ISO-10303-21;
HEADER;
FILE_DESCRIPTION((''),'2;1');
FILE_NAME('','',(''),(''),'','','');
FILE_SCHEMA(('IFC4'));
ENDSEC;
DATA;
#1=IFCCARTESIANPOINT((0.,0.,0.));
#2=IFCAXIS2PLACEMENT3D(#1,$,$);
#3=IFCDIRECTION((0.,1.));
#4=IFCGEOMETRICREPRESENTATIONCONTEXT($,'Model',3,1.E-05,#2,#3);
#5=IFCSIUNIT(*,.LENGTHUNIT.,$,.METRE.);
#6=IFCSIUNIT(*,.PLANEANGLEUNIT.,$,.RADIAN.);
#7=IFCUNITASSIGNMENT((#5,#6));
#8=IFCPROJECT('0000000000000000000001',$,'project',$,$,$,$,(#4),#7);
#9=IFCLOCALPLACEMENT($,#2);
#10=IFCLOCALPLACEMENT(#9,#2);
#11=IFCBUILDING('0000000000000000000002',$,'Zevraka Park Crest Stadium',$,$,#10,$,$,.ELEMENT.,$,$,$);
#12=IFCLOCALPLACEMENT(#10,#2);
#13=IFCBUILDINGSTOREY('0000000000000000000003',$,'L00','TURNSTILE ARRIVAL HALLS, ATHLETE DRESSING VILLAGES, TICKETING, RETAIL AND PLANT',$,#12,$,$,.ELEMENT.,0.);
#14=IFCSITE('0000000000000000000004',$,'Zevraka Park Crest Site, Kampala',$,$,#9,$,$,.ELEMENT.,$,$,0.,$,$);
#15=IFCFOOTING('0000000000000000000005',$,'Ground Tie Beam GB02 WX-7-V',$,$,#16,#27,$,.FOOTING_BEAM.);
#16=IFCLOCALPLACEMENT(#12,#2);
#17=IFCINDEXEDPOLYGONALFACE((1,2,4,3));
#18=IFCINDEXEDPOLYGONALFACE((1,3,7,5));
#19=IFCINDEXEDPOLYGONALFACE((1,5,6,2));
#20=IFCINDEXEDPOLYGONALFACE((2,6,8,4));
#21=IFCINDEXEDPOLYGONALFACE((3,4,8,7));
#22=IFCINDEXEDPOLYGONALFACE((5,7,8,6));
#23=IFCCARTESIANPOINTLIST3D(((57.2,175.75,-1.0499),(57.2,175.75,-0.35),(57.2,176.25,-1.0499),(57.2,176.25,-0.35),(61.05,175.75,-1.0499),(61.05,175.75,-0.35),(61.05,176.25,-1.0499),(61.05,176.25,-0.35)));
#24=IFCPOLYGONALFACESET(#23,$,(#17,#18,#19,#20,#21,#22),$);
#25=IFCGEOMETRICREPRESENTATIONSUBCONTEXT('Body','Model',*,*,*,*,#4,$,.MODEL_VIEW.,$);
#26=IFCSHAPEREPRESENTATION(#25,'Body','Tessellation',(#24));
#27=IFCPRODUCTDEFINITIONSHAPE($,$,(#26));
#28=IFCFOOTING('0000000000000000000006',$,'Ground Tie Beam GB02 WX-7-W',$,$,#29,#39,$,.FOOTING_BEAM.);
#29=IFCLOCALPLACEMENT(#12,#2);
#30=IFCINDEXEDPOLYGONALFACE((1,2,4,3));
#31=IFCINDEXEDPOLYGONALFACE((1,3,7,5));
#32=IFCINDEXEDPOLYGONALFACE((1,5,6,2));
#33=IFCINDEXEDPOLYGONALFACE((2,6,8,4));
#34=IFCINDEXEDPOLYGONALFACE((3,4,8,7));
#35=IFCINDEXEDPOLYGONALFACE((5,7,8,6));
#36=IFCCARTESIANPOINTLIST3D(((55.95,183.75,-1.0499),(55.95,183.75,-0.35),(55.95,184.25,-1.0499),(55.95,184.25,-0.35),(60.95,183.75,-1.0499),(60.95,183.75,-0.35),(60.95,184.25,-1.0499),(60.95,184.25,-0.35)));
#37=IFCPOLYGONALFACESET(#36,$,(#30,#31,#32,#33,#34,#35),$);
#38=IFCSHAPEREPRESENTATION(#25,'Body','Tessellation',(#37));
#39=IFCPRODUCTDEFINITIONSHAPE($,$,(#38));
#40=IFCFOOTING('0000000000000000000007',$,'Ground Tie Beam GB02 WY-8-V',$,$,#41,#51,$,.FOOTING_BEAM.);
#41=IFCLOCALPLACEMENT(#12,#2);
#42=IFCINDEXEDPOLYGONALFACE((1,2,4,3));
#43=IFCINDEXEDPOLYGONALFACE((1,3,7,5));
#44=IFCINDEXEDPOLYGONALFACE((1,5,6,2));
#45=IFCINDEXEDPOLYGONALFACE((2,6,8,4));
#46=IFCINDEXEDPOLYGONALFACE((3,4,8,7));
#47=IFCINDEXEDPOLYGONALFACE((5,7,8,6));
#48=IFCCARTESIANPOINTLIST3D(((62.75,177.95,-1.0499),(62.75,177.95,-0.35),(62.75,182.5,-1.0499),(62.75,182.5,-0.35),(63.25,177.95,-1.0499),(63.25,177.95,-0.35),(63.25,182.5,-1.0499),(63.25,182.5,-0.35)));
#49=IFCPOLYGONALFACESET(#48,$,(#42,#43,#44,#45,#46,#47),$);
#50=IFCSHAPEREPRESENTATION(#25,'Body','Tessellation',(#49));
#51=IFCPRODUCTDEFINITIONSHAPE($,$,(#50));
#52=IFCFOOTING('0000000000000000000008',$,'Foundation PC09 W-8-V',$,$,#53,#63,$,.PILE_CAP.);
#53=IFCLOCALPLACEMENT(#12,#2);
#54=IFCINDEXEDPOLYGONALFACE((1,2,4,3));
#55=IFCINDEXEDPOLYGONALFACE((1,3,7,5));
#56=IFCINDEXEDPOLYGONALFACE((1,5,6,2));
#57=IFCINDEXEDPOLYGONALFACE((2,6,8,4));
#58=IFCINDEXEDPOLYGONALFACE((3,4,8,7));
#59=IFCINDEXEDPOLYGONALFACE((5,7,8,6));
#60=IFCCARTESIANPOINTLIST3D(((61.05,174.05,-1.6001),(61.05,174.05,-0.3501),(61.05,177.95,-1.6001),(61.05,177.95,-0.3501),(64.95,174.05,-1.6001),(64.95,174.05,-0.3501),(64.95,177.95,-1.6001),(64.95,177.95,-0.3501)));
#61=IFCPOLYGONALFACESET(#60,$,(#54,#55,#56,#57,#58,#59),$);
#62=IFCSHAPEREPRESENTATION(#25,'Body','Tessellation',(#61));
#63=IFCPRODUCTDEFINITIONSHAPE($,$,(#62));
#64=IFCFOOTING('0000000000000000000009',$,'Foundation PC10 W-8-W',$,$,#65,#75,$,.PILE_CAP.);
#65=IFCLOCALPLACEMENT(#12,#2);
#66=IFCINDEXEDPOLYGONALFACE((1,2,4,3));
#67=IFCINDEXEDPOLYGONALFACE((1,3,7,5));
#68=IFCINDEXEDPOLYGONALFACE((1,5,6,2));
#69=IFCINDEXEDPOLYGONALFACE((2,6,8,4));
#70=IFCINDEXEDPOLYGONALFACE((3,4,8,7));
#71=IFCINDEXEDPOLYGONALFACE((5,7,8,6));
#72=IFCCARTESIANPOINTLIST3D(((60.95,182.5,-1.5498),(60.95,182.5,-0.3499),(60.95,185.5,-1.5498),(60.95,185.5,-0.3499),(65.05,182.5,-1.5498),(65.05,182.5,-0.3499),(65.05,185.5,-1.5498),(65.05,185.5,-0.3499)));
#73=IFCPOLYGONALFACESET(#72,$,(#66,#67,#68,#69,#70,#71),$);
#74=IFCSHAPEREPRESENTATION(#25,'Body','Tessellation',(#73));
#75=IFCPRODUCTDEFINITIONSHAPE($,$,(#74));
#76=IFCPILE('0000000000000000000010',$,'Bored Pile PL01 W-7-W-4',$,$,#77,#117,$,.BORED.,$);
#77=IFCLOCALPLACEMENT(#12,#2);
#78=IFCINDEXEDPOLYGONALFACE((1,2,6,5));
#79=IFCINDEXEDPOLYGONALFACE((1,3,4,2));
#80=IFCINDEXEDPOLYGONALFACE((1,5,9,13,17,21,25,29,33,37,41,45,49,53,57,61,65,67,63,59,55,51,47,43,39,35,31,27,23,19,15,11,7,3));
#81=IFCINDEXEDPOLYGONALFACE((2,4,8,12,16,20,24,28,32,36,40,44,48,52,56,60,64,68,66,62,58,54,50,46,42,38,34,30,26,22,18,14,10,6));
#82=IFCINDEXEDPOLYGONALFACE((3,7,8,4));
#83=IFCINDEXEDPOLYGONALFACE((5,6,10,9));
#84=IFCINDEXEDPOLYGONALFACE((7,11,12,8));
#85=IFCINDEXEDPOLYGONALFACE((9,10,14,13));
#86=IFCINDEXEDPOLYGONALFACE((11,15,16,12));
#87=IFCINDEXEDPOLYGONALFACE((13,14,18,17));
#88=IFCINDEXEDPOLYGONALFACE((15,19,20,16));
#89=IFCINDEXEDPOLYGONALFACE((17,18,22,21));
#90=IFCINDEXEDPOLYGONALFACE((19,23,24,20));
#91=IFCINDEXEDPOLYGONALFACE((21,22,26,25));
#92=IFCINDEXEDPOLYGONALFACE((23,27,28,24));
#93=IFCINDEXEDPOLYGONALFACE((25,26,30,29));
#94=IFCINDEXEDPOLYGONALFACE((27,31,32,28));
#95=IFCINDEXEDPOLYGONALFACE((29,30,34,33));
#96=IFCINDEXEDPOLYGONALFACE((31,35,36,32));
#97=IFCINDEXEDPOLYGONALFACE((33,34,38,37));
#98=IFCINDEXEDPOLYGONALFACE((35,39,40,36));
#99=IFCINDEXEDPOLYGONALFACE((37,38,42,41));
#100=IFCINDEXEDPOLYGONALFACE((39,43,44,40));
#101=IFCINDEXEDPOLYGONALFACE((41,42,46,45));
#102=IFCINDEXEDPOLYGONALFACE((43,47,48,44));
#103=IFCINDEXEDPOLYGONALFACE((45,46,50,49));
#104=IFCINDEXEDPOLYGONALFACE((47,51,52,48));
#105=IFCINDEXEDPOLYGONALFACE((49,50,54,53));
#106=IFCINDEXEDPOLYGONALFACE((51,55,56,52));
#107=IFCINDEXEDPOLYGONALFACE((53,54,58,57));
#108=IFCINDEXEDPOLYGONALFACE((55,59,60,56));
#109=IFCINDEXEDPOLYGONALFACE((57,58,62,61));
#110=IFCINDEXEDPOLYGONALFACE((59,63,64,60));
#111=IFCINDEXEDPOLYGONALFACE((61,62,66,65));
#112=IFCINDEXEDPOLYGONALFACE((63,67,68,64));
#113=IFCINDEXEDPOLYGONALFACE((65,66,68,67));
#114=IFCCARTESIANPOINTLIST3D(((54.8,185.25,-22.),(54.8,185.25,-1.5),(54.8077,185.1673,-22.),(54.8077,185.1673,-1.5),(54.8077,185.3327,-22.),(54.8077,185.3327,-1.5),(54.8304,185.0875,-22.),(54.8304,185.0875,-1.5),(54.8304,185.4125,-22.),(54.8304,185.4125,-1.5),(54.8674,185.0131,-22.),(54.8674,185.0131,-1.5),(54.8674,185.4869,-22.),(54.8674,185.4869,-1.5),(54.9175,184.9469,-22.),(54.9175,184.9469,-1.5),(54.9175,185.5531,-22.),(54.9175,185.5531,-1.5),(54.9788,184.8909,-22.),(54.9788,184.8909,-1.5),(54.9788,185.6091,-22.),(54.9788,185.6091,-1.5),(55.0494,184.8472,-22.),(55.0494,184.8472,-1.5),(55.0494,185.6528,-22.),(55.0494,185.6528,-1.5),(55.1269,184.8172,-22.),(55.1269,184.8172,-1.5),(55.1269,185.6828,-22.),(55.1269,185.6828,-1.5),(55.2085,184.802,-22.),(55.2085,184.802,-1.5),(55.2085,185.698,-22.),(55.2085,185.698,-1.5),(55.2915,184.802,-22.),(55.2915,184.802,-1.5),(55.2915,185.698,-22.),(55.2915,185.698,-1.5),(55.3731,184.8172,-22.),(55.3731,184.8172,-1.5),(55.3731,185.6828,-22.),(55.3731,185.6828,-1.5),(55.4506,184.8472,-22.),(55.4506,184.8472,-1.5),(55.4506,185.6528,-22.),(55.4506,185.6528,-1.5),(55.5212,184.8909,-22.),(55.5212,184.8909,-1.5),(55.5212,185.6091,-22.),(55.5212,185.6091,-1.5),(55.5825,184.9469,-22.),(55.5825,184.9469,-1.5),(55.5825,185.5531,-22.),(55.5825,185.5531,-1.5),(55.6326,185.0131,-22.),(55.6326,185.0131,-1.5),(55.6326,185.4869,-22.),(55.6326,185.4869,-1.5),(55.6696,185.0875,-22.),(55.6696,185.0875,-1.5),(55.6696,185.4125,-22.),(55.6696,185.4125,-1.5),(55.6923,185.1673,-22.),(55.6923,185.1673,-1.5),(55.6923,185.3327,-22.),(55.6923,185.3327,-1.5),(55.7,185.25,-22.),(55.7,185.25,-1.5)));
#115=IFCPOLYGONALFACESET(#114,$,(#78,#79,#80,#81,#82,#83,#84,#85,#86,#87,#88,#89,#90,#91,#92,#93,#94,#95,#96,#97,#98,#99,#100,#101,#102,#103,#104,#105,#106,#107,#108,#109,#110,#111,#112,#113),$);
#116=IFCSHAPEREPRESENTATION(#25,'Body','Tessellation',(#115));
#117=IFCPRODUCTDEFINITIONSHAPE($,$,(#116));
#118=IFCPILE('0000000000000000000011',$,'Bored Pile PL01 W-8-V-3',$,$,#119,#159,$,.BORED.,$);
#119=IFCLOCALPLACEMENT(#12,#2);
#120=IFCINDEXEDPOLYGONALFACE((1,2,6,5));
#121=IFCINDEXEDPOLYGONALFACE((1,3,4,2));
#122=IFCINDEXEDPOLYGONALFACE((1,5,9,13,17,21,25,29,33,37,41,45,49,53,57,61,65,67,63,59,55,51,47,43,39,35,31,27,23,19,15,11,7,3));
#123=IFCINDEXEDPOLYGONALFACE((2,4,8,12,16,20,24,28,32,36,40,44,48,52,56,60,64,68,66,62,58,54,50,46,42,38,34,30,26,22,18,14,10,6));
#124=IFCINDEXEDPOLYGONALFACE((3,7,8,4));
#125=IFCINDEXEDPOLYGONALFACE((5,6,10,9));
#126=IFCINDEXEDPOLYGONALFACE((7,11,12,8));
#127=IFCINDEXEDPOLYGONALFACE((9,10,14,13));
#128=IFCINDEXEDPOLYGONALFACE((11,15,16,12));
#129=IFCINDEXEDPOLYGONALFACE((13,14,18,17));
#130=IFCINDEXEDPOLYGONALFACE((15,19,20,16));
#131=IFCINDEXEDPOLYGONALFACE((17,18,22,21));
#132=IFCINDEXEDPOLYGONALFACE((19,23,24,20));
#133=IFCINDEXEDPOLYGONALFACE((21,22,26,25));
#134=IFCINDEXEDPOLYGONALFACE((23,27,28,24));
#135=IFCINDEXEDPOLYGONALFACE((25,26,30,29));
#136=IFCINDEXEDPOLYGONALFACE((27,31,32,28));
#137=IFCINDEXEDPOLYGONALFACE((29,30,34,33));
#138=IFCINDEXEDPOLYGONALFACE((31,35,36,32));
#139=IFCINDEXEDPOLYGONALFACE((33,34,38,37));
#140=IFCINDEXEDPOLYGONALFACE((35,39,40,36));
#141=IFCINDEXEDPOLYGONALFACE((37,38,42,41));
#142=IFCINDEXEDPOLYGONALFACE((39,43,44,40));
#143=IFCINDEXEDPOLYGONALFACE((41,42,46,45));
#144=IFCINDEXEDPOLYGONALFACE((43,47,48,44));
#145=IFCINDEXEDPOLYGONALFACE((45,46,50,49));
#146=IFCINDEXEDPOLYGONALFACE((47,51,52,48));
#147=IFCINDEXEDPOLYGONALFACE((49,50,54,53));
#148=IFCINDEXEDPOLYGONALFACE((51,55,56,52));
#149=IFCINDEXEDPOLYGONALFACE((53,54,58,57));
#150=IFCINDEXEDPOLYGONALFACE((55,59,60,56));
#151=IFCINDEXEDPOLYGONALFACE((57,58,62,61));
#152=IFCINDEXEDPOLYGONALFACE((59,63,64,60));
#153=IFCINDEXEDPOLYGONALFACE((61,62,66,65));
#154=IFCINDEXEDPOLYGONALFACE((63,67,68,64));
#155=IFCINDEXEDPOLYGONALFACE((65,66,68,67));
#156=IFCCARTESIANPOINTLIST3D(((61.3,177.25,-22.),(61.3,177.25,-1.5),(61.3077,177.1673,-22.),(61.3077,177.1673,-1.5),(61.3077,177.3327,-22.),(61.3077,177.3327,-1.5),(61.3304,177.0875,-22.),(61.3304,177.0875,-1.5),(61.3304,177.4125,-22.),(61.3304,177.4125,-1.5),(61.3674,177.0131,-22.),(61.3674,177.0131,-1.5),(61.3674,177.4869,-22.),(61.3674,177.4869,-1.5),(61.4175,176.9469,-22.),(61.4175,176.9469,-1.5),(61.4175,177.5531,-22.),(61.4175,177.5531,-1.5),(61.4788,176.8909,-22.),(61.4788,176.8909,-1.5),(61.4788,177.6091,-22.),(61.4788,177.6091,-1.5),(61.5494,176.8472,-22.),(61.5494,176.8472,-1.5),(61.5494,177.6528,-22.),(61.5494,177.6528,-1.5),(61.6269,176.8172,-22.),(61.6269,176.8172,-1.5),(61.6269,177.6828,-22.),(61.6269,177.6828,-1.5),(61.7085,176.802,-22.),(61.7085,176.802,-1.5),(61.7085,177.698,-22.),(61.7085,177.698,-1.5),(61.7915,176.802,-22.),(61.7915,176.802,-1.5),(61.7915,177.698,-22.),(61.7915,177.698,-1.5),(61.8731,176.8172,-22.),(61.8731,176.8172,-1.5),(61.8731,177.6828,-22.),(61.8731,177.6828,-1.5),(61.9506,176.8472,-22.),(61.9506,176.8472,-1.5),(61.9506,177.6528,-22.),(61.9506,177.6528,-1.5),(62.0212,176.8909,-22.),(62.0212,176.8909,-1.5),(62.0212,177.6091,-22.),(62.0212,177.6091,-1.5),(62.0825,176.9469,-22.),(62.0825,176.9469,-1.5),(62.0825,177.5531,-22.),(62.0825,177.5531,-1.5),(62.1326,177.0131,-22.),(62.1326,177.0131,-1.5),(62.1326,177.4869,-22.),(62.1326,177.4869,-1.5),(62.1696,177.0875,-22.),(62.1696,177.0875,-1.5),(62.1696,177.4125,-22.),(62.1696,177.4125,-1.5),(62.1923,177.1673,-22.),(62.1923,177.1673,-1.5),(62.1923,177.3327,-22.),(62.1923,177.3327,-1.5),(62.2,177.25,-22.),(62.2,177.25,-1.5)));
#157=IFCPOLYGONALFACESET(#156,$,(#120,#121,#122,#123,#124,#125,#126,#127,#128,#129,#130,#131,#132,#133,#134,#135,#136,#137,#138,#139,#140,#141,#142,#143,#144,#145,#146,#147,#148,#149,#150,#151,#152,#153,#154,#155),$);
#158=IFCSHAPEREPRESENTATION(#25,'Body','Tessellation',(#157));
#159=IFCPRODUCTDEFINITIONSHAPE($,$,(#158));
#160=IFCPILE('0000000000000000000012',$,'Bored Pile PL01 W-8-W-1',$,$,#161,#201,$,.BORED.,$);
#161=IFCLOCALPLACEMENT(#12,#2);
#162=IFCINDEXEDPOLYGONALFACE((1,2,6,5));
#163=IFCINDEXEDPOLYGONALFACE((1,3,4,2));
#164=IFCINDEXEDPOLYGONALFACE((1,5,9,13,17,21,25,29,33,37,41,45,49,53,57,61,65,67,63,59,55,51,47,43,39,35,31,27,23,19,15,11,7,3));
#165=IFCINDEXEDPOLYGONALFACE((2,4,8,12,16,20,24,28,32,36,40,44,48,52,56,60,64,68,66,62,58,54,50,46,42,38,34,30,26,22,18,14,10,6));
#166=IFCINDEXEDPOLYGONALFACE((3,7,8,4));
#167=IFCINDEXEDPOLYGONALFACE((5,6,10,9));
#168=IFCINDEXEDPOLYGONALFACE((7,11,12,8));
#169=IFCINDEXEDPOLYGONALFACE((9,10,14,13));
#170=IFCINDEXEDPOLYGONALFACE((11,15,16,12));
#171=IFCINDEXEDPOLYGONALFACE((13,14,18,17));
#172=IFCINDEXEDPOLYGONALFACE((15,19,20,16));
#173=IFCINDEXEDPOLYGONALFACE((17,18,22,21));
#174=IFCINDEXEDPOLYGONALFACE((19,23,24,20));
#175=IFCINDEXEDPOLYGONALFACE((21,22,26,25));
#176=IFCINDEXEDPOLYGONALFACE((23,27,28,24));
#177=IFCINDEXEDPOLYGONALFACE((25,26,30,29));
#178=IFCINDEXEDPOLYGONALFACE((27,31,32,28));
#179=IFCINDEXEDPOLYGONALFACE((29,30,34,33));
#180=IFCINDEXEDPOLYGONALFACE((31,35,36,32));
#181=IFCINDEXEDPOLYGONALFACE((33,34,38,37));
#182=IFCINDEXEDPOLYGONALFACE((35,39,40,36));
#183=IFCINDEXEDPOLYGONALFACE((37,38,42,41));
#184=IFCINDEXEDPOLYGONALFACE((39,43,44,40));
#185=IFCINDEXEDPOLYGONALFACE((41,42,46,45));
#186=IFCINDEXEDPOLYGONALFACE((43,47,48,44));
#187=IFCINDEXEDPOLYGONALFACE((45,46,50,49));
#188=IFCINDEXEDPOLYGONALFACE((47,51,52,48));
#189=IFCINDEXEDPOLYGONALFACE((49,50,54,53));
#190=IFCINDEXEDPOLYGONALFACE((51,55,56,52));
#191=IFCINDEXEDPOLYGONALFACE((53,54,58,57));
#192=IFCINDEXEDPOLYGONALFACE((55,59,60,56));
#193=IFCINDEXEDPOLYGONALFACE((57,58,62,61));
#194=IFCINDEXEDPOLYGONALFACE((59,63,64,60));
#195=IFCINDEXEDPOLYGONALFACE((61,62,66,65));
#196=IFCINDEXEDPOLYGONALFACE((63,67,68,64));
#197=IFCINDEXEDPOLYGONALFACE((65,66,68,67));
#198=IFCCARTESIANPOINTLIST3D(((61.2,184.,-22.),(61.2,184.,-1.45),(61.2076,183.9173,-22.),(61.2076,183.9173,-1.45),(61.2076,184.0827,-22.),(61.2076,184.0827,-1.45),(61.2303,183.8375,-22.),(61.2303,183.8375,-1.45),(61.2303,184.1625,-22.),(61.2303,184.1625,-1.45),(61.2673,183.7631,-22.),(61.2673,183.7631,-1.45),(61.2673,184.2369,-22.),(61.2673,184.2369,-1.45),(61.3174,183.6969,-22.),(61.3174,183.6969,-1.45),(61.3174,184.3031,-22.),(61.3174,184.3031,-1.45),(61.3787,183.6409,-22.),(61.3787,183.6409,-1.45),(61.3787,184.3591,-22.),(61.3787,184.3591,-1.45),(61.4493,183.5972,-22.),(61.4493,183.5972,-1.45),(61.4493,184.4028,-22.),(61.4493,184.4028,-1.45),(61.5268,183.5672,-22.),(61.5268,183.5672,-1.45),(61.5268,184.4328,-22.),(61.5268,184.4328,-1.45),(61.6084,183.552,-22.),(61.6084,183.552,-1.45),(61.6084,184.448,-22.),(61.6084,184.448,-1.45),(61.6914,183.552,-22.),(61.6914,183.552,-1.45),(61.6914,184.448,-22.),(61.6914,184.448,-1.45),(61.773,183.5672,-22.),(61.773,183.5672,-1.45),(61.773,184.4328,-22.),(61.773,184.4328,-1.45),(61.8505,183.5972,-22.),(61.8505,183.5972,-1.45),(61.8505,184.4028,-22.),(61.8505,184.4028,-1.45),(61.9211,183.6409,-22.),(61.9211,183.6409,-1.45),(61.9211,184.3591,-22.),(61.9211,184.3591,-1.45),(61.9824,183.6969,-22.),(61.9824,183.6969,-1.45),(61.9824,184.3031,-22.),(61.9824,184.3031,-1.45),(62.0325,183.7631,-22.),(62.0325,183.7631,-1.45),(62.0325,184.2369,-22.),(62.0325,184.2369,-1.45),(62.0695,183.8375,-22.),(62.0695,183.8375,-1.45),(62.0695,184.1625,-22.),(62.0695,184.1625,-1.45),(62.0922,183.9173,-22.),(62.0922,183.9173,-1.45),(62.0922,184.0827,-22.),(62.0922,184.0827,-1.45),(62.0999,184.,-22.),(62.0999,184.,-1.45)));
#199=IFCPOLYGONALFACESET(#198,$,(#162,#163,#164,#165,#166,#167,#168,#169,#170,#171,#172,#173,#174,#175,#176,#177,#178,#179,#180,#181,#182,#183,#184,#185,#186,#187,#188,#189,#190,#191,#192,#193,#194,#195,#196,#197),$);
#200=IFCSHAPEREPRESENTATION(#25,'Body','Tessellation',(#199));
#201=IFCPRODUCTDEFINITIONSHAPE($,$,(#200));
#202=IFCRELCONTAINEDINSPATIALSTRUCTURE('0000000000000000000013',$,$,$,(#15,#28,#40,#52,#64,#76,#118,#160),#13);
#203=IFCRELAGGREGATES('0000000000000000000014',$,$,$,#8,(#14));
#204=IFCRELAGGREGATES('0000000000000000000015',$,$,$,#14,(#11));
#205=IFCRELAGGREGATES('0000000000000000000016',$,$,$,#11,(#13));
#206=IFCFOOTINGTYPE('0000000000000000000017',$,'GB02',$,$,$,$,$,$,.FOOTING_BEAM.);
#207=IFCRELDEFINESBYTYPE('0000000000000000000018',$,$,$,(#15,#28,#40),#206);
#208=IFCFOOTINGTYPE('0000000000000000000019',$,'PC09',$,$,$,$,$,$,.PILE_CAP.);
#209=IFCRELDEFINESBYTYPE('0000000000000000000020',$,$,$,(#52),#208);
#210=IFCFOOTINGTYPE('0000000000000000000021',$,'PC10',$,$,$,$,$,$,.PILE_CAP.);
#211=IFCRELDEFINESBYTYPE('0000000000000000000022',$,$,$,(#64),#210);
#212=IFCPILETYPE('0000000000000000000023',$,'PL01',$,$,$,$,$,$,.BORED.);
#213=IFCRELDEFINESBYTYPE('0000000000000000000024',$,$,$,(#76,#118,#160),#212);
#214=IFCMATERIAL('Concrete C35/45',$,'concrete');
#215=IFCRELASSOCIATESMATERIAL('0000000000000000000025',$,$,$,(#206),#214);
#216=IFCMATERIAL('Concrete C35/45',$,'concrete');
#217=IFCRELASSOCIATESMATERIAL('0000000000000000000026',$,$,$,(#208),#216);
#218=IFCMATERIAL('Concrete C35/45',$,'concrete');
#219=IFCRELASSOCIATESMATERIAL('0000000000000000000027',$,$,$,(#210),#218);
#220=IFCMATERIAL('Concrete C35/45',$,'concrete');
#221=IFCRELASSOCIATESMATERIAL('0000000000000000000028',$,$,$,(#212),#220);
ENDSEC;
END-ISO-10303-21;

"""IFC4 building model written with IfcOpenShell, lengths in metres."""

from ifc_helpers import new_model, si_unit, direction, frame, origin, origin_2d, place, context, subcontext, project, spatial, rectangle, circle, extrude, material, material_profile, profile_set, type_object, element, save


model = new_model("IFC4")

# Units and contexts
model_context = context("Model", 3, precision=1e-05, world=origin(), true_north=direction((0.0, 1.0)))
body_context = subcontext(model_context, "Body", "Model", "MODEL_VIEW")
ifc_project = project(units=[si_unit("LENGTHUNIT", "METRE"), si_unit("PLANEANGLEUNIT", "RADIAN")], contexts=[model_context])

# Site, building, storey
site_placement = place(None, origin())
site = spatial("IfcSite", under=ifc_project, at=site_placement, Name="Zevraka Park Crest Site, Kampala", CompositionType="ELEMENT", RefElevation=0.0)
building_placement = place(site_placement, origin())
building = spatial("IfcBuilding", under=site, at=building_placement, Name="Zevraka Park Crest Stadium", CompositionType="ELEMENT")
storey_placement = place(building_placement, origin())
storey = spatial("IfcBuildingStorey", under=building, at=storey_placement, Name="L00", Description="TURNSTILE ARRIVAL HALLS, ATHLETE DRESSING VILLAGES, TICKETING, RETAIL AND PLANT", CompositionType="ELEMENT", Elevation=0.0)

# Footings
ifc_material_1 = material(Name="Concrete C35/45", Category="concrete")
ifc_material_profile_1 = material_profile(ifc_material_1, rectangle(XDim=0.5, YDim=0.7, at=origin_2d()), Name="GB 700x500")
ifc_profile_set_1 = profile_set([ifc_material_profile_1], Name="Concrete C35/45")
footing_type_1 = type_object("IfcFootingType", Name="GB02", PredefinedType="FOOTING_BEAM", material=ifc_profile_set_1)
footing_1_placement = place(storey_placement, frame((57.2, 176.0, -0.7), z_axis=(1.0, 0.0, 0.0), x_axis=(0.0, 1.0, 0.0)))
element("IfcFooting", 1, at=footing_1_placement, inside=storey, type_object=footing_type_1, Name="Ground Tie Beam GB02 WX-7-V", PredefinedType="FOOTING_BEAM", context=body_context, shape_type="SweptSolid", body=[
    extrude(rectangle(XDim=0.5, YDim=0.7, at=origin_2d()), origin(), (0.0, 0.0, 1.0), 3.8501),
])
footing_2_placement = place(storey_placement, frame((55.95, 184.0, -0.7), z_axis=(1.0, 0.0, 0.0), x_axis=(0.0, 1.0, 0.0)))
element("IfcFooting", 2, at=footing_2_placement, inside=storey, type_object=footing_type_1, Name="Ground Tie Beam GB02 WX-7-W", PredefinedType="FOOTING_BEAM", context=body_context, shape_type="SweptSolid", body=[
    extrude(rectangle(XDim=0.5, YDim=0.7, at=origin_2d()), origin(), (0.0, 0.0, 1.0), 5.0),
])
footing_3_placement = place(storey_placement, frame((63.0, 177.95, -0.7), z_axis=(0.0, 1.0, 0.0), x_axis=(-1.0, 0.0, 0.0)))
element("IfcFooting", 3, at=footing_3_placement, inside=storey, type_object=footing_type_1, Name="Ground Tie Beam GB02 WY-8-V", PredefinedType="FOOTING_BEAM", context=body_context, shape_type="SweptSolid", body=[
    extrude(rectangle(XDim=0.5, YDim=0.7, at=origin_2d()), origin(), (0.0, 0.0, 1.0), 4.55),
])
ifc_material_2 = material(Name="Concrete C35/45", Category="concrete")
footing_type_2 = type_object("IfcFootingType", Name="PC09", PredefinedType="PILE_CAP", material=ifc_material_2)
footing_4_placement = place(storey_placement, frame((63.0, 176.0, -1.6001), z_axis=(0.0, 0.0, 1.0), x_axis=(1.0, 0.0, 0.0)))
element("IfcFooting", 4, at=footing_4_placement, inside=storey, type_object=footing_type_2, Name="Foundation PC09 W-8-V", PredefinedType="PILE_CAP", context=body_context, shape_type="SweptSolid", body=[
    extrude(rectangle(XDim=3.8999, YDim=3.8999, at=origin_2d()), origin(), (0.0, 0.0, 1.0), 1.25),
])
ifc_material_3 = material(Name="Concrete C35/45", Category="concrete")
footing_type_3 = type_object("IfcFootingType", Name="PC10", PredefinedType="PILE_CAP", material=ifc_material_3)
footing_5_placement = place(storey_placement, frame((63.0, 184.0, -1.5498), z_axis=(0.0, 0.0, 1.0), x_axis=(1.0, 0.0, 0.0)))
element("IfcFooting", 5, at=footing_5_placement, inside=storey, type_object=footing_type_3, Name="Foundation PC10 W-8-W", PredefinedType="PILE_CAP", context=body_context, shape_type="SweptSolid", body=[
    extrude(rectangle(XDim=4.1001, YDim=3.0, at=origin_2d()), origin(), (0.0, 0.0, 1.0), 1.2),
])

# Piles
ifc_material_4 = material(Name="Concrete C35/45", Category="concrete")
ifc_material_profile_2 = material_profile(ifc_material_4, circle(Radius=0.45, at=origin_2d()), Name="PILE D900")
ifc_profile_set_2 = profile_set([ifc_material_profile_2], Name="Concrete C35/45")
pile_type_1 = type_object("IfcPileType", Name="PL01", PredefinedType="BORED", material=ifc_profile_set_2)
for number, where, z_axis, x_axis, name in (
    (6, (55.25, 185.25, -1.5), (0.0, 0.0, -1.0), (1.0, 0.0, 0.0), "Bored Pile PL01 W-7-W-4"),
    (7, (61.75, 177.25, -1.5), (0.0, 0.0, -1.0), (1.0, 0.0, 0.0), "Bored Pile PL01 W-8-V-3"),
):
    element("IfcPile", number, at=place(storey_placement, frame(where, z_axis=z_axis, x_axis=x_axis)), inside=storey, type_object=pile_type_1, Name=name, PredefinedType="BORED", context=body_context, shape_type="SweptSolid", body=[
        extrude(circle(Radius=0.45, at=origin_2d()), origin(), (0.0, 0.0, 1.0), 20.5),
    ])
pile_1_placement = place(storey_placement, frame((61.6499, 184.0, -1.45), z_axis=(0.0, 0.0, -1.0), x_axis=(1.0, 0.0, 0.0)))
element("IfcPile", 8, at=pile_1_placement, inside=storey, type_object=pile_type_1, Name="Bored Pile PL01 W-8-W-1", PredefinedType="BORED", context=body_context, shape_type="SweptSolid", body=[
    extrude(circle(Radius=0.45, at=origin_2d()), origin(), (0.0, 0.0, 1.0), 20.55),
])

save(model, "model.ifc")
